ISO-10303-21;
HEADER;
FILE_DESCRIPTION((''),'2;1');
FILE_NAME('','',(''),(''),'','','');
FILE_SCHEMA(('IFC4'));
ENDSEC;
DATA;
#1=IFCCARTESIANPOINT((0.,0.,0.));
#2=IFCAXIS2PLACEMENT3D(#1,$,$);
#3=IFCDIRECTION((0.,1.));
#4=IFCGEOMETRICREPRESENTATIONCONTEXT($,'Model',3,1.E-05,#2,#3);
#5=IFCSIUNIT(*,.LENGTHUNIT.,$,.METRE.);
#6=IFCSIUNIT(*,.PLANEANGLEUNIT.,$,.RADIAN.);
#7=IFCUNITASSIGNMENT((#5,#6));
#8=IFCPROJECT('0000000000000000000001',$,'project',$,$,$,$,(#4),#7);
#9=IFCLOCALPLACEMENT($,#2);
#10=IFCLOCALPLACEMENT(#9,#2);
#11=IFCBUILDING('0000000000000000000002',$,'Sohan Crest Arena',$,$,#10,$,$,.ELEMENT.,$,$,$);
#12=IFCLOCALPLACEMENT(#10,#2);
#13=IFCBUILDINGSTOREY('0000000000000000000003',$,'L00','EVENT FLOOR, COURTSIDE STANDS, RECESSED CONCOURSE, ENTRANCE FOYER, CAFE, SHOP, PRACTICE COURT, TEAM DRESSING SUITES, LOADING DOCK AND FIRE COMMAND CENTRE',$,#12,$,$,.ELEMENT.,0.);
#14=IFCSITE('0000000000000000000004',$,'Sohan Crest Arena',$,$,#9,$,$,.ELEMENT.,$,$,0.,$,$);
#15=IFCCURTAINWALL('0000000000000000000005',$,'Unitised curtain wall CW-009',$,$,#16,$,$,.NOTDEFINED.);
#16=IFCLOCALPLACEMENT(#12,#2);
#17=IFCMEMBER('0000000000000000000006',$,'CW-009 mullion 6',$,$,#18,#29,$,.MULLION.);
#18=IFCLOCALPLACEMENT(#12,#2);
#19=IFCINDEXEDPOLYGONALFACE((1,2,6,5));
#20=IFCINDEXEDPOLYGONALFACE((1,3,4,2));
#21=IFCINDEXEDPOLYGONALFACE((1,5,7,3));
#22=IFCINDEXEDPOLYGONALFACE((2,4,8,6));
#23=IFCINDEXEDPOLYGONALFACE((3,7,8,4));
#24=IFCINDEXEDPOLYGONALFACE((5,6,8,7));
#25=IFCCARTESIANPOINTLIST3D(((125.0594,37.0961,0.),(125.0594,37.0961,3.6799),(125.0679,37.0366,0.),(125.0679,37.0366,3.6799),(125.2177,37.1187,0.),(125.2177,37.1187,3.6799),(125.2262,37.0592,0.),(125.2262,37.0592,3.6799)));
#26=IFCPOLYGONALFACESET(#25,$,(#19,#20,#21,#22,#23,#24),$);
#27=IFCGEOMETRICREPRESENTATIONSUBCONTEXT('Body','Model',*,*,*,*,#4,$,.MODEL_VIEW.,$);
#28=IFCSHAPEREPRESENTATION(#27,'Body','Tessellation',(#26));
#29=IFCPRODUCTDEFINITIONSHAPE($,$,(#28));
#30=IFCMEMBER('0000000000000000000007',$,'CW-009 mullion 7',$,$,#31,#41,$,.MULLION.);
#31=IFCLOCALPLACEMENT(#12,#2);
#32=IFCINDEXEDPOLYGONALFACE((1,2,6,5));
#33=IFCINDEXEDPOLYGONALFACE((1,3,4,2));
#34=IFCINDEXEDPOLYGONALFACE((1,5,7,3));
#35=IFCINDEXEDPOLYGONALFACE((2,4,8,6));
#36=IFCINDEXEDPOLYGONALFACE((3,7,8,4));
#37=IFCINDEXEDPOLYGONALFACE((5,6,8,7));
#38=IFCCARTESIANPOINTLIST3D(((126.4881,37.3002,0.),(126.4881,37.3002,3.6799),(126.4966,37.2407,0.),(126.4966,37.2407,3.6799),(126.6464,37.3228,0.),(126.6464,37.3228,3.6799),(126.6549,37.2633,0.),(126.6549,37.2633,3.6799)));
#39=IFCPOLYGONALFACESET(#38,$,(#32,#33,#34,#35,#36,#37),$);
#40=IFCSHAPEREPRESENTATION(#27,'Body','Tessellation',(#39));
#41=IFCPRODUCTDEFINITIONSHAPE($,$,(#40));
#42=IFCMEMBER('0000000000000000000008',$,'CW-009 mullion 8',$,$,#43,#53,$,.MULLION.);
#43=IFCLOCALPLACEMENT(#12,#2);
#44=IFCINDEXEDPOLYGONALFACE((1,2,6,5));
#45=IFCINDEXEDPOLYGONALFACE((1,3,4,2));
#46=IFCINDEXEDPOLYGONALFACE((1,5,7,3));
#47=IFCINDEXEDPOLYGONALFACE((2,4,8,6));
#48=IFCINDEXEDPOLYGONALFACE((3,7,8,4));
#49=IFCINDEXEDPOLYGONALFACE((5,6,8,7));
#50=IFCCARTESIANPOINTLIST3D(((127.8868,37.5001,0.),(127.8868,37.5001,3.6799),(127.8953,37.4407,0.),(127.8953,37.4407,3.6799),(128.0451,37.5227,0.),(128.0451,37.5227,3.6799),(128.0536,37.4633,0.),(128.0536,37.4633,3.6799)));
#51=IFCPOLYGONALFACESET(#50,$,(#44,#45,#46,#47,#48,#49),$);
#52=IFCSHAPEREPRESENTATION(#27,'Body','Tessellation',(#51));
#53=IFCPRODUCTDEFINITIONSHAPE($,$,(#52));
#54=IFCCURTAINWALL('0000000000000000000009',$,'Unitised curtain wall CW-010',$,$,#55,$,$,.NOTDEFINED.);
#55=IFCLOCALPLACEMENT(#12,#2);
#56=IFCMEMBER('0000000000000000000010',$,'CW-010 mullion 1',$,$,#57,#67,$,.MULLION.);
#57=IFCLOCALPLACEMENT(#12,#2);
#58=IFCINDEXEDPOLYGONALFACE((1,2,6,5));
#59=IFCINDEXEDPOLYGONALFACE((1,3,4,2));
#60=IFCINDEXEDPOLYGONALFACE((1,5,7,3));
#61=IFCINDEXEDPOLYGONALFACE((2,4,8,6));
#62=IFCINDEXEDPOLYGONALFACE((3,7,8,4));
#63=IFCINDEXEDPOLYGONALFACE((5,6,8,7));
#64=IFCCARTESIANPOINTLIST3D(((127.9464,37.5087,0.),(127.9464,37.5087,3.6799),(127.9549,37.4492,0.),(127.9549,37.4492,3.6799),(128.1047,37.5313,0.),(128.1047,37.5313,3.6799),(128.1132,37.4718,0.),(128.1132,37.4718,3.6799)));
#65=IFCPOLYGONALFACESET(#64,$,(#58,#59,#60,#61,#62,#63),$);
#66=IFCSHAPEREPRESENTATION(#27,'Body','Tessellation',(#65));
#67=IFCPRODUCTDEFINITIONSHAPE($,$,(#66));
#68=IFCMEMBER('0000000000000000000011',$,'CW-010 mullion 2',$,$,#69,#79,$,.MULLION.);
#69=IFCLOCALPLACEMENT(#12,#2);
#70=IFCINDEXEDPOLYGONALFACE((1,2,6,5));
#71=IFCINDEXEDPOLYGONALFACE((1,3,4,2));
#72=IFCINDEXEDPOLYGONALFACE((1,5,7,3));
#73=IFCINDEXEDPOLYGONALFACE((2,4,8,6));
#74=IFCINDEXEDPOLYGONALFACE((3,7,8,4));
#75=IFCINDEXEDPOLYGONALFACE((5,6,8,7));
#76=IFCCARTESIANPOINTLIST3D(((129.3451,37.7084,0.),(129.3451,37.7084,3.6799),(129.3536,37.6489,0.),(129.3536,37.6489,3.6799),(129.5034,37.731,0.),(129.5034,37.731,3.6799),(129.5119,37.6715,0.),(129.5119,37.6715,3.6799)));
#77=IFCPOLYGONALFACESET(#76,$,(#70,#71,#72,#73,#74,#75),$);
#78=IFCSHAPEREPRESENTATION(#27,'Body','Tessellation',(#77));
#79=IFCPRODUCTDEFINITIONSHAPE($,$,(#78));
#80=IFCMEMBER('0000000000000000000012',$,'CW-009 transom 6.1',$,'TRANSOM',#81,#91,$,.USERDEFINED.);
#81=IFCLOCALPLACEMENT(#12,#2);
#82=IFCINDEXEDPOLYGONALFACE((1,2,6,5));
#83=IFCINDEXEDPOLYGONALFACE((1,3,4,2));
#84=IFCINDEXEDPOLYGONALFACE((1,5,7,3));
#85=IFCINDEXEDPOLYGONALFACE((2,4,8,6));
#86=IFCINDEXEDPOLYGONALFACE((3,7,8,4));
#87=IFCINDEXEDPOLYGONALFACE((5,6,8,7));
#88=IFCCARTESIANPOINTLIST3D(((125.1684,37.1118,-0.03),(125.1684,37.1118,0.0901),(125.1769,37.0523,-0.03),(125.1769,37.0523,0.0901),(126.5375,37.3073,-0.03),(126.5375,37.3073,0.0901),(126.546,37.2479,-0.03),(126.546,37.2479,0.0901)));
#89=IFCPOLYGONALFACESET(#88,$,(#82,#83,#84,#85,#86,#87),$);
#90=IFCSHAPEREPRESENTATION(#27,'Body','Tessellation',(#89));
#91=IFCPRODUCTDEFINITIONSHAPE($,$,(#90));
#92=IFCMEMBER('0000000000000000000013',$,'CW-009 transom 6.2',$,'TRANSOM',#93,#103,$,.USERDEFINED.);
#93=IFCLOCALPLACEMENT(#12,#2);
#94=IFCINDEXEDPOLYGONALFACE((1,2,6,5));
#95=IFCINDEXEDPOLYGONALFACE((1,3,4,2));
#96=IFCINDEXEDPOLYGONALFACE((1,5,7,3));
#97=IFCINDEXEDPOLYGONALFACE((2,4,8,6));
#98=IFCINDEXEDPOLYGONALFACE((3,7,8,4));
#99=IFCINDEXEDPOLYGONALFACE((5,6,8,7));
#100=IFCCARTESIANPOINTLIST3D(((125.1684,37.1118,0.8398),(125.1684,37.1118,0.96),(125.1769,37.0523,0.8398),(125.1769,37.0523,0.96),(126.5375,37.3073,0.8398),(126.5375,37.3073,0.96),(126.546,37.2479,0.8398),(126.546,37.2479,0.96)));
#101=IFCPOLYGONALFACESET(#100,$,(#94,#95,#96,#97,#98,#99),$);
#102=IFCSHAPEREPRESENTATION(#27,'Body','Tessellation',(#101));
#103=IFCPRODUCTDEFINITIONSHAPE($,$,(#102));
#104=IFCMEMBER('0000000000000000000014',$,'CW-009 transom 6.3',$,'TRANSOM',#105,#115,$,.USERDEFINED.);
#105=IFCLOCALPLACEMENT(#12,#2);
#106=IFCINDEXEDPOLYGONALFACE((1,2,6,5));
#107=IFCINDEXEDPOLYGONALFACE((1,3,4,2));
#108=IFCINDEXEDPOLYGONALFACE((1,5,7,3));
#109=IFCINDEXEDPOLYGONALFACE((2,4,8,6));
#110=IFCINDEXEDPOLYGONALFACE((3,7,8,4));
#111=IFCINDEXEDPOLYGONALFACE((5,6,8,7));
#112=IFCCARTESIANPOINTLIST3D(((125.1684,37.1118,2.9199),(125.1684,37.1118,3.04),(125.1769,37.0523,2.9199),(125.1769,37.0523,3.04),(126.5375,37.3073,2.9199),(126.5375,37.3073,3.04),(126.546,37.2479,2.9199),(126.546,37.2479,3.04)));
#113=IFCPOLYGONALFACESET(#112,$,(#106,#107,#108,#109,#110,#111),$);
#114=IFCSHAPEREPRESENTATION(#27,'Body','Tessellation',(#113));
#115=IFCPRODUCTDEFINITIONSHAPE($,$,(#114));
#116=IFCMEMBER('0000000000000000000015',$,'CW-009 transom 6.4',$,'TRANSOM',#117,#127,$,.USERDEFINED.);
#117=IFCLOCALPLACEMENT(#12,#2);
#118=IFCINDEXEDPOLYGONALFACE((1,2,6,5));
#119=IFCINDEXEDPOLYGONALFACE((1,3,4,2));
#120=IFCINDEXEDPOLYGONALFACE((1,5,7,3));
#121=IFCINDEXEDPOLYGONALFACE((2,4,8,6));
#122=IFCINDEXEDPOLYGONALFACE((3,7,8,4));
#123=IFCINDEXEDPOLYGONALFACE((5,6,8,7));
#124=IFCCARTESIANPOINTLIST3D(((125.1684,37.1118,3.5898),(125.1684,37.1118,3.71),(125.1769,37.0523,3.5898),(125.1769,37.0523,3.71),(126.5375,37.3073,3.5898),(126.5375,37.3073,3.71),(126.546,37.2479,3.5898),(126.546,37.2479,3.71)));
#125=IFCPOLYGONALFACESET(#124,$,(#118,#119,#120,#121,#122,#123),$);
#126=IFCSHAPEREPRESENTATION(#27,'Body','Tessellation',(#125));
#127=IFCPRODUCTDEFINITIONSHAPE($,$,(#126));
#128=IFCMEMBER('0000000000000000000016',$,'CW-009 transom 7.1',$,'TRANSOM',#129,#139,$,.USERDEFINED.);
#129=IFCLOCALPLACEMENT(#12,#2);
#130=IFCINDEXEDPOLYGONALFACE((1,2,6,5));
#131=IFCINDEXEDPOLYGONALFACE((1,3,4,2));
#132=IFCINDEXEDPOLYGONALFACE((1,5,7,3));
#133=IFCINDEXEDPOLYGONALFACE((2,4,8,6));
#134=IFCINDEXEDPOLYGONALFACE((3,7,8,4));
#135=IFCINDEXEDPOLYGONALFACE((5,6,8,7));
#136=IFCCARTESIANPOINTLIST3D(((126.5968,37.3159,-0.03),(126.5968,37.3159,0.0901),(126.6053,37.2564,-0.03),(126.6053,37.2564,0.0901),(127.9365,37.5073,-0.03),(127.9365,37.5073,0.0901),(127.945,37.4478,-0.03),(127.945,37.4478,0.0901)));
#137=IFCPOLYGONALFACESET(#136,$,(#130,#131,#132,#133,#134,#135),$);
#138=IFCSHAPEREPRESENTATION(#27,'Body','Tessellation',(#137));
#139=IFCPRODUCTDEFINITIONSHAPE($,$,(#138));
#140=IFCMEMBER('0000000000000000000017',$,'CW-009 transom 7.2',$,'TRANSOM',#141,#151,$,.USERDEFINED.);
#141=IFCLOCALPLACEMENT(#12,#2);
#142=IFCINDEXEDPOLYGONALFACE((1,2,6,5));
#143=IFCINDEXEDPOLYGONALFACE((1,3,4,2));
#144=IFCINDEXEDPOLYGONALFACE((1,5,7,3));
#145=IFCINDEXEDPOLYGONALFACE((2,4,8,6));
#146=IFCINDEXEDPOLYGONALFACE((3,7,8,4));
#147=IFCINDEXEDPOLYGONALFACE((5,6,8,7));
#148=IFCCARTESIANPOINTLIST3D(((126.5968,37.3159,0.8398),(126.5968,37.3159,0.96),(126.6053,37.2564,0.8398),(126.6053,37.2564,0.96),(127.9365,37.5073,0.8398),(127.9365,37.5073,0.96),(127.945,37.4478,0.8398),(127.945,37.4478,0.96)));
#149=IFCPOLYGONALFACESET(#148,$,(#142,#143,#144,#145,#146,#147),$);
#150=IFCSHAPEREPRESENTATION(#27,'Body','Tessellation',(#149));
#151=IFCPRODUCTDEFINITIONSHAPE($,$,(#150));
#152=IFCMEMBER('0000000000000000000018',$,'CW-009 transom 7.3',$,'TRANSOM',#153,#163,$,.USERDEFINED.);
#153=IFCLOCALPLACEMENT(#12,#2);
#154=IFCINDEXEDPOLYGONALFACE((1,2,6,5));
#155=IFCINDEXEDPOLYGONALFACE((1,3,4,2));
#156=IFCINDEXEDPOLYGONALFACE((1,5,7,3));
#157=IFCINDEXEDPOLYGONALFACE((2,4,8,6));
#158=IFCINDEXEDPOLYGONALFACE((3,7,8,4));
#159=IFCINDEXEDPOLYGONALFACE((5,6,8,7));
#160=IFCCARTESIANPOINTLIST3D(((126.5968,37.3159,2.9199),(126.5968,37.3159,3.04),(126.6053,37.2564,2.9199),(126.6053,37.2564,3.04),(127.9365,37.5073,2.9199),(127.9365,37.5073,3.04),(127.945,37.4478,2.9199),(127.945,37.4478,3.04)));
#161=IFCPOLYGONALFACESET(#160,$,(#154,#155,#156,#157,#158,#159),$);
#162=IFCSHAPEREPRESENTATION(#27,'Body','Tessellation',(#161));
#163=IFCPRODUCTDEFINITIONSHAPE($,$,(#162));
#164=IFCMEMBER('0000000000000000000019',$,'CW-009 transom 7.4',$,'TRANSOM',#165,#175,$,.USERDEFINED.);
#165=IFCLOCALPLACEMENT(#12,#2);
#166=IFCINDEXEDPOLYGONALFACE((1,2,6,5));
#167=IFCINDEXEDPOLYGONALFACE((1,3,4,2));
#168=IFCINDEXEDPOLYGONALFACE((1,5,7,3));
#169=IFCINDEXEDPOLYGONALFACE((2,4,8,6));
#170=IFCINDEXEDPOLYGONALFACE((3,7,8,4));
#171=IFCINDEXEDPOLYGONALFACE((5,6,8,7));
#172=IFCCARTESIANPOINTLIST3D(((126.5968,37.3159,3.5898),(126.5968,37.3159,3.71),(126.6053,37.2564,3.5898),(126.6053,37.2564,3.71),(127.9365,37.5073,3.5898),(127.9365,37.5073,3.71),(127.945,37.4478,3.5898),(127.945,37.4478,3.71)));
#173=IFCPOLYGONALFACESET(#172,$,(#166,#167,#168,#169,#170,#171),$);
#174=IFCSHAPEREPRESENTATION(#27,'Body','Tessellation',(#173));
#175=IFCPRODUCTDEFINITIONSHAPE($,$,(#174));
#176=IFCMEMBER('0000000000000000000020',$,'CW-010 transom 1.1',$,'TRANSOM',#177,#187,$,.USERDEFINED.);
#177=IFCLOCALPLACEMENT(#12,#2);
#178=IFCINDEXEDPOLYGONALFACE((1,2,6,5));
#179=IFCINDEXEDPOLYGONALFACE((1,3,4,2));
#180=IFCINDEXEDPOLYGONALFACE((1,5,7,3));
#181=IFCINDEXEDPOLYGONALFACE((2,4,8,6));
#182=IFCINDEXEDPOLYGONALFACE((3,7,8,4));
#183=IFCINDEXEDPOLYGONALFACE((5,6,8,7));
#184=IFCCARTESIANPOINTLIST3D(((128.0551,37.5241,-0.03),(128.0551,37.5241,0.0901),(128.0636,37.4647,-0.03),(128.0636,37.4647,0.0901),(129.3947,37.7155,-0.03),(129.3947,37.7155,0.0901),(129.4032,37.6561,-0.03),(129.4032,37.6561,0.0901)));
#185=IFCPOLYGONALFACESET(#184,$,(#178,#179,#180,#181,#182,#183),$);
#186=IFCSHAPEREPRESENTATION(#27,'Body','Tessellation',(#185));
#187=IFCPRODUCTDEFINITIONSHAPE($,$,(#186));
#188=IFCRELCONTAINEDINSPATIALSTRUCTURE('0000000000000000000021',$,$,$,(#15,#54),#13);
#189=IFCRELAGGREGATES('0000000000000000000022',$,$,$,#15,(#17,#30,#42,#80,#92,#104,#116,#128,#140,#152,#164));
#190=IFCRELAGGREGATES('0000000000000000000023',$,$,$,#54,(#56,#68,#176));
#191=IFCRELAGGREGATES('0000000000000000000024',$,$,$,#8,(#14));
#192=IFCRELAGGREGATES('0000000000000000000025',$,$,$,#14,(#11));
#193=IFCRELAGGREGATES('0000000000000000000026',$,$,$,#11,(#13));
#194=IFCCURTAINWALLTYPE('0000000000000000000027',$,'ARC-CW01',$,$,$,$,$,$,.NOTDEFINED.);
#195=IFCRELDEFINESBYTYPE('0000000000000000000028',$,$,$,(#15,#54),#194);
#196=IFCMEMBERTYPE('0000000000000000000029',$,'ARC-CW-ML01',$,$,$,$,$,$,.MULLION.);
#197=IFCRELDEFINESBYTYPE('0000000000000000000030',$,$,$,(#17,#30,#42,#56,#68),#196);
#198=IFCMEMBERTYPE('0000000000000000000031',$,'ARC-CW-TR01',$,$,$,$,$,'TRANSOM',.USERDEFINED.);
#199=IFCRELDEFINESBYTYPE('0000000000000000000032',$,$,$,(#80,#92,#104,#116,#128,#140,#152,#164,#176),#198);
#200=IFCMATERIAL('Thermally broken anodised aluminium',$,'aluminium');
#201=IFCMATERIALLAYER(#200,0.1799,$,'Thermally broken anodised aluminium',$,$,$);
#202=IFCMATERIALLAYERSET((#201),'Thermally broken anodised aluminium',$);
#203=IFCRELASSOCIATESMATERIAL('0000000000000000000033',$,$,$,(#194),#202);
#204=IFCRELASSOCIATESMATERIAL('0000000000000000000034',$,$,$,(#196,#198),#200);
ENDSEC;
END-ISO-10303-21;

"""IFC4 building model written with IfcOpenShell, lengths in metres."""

from ifc_helpers import new_model, si_unit, direction, frame, origin, origin_2d, place, context, subcontext, project, spatial, rectangle, extrude, material, layer, layer_set, material_profile, profile_set, type_object, element, aggregate, save


model = new_model("IFC4")

# Units and contexts
model_context = context("Model", 3, precision=1e-05, world=origin(), true_north=direction((0.0, 1.0)))
body_context = subcontext(model_context, "Body", "Model", "MODEL_VIEW")
ifc_project = project(units=[si_unit("LENGTHUNIT", "METRE"), si_unit("PLANEANGLEUNIT", "RADIAN")], contexts=[model_context])

# Site, building, storey
site_placement = place(None, origin())
site = spatial("IfcSite", under=ifc_project, at=site_placement, Name="Sohan Crest Arena", CompositionType="ELEMENT", RefElevation=0.0)
building_placement = place(site_placement, origin())
building = spatial("IfcBuilding", under=site, at=building_placement, Name="Sohan Crest Arena", CompositionType="ELEMENT")
storey_placement = place(building_placement, origin())
storey = spatial("IfcBuildingStorey", under=building, at=storey_placement, Name="L00", Description="EVENT FLOOR, COURTSIDE STANDS, RECESSED CONCOURSE, ENTRANCE FOYER, CAFE, SHOP, PRACTICE COURT, TEAM DRESSING SUITES, LOADING DOCK AND FIRE COMMAND CENTRE", CompositionType="ELEMENT", Elevation=0.0)

# Curtain walls, members
ifc_material_1 = material(Name="Thermally broken anodised aluminium", Category="aluminium")
ifc_layer_1 = layer(ifc_material_1, 0.1799, Name="Thermally broken anodised aluminium")
ifc_layer_set_1 = layer_set([ifc_layer_1], Name="Thermally broken anodised aluminium")
curtain_wall_type = type_object("IfcCurtainWallType", Name="ARC-CW01", PredefinedType="NOTDEFINED", material=ifc_layer_set_1)
curtain_wall_1_placement = place(storey_placement, origin())
curtain_wall_1 = element("IfcCurtainWall", 1, at=curtain_wall_1_placement, inside=storey, type_object=curtain_wall_type, Name="Unitised curtain wall CW-009", PredefinedType="NOTDEFINED")
ifc_material_profile_1 = material_profile(ifc_material_1, rectangle(XDim=0.0601, YDim=0.1599, at=origin_2d()), Name="ALU-MULL 60x160")
ifc_profile_set_1 = profile_set([ifc_material_profile_1], Name="Thermally broken anodised aluminium")
member_type_1 = type_object("IfcMemberType", Name="ARC-CW-ML01", PredefinedType="MULLION", material=ifc_profile_set_1)
member_1_placement = place(storey_placement, frame((125.1428, 37.0776, 0.0), z_axis=(0.0, 0.0, 1.0), x_axis=(-0.141463, 0.989944, 0.0)))
member_1 = element("IfcMember", 2, at=member_1_placement, type_object=member_type_1, Name="CW-009 mullion 6", PredefinedType="MULLION", context=body_context, shape_type="SweptSolid", body=[
    extrude(rectangle(XDim=0.0601, YDim=0.1599, at=origin_2d()), origin(), (0.0, 0.0, 1.0), 3.6799),
])
member_2_placement = place(storey_placement, frame((126.5715, 37.2817, 0.0), z_axis=(0.0, 0.0, 1.0), x_axis=(-0.141463, 0.989944, 0.0)))
member_2 = element("IfcMember", 3, at=member_2_placement, type_object=member_type_1, Name="CW-009 mullion 7", PredefinedType="MULLION", context=body_context, shape_type="SweptSolid", body=[
    extrude(rectangle(XDim=0.0601, YDim=0.1599, at=origin_2d()), origin(), (0.0, 0.0, 1.0), 3.6799),
])
member_3_placement = place(storey_placement, frame((127.9702, 37.4817, 0.0), z_axis=(0.0, 0.0, 1.0), x_axis=(-0.141463, 0.989944, 0.0)))
member_3 = element("IfcMember", 4, at=member_3_placement, type_object=member_type_1, Name="CW-009 mullion 8", PredefinedType="MULLION", context=body_context, shape_type="SweptSolid", body=[
    extrude(rectangle(XDim=0.0601, YDim=0.1599, at=origin_2d()), origin(), (0.0, 0.0, 1.0), 3.6799),
])
curtain_wall_2_placement = place(storey_placement, origin())
curtain_wall_2 = element("IfcCurtainWall", 5, at=curtain_wall_2_placement, inside=storey, type_object=curtain_wall_type, Name="Unitised curtain wall CW-010", PredefinedType="NOTDEFINED")
member_4_placement = place(storey_placement, frame((128.0298, 37.4902, 0.0), z_axis=(0.0, 0.0, 1.0), x_axis=(-0.141366, 0.989957, 0.0)))
member_4 = element("IfcMember", 6, at=member_4_placement, type_object=member_type_1, Name="CW-010 mullion 1", PredefinedType="MULLION", context=body_context, shape_type="SweptSolid", body=[
    extrude(rectangle(XDim=0.0601, YDim=0.1599, at=origin_2d()), origin(), (0.0, 0.0, 1.0), 3.6799),
])
member_5_placement = place(storey_placement, frame((129.4285, 37.6899, 0.0), z_axis=(0.0, 0.0, 1.0), x_axis=(-0.141366, 0.989957, 0.0)))
member_5 = element("IfcMember", 7, at=member_5_placement, type_object=member_type_1, Name="CW-010 mullion 2", PredefinedType="MULLION", context=body_context, shape_type="SweptSolid", body=[
    extrude(rectangle(XDim=0.0601, YDim=0.1599, at=origin_2d()), origin(), (0.0, 0.0, 1.0), 3.6799),
])

# Members
ifc_material_profile_2 = material_profile(ifc_material_1, rectangle(XDim=0.0601, YDim=0.1201, at=origin_2d()), Name="ALU-TRAN 60x120")
ifc_profile_set_2 = profile_set([ifc_material_profile_2], Name="Thermally broken anodised aluminium")
member_type_2 = type_object("IfcMemberType", Name="ARC-CW-TR01", ElementType="TRANSOM", PredefinedType="USERDEFINED", material=ifc_profile_set_2)
member_6_placement = place(storey_placement, frame((125.1726, 37.082, 0.03), z_axis=(0.989953, 0.141397, 0.0), x_axis=(-0.141397, 0.989953, 0.0)))
member_6 = element("IfcMember", 8, at=member_6_placement, type_object=member_type_2, Name="CW-009 transom 6.1", ObjectType="TRANSOM", PredefinedType="USERDEFINED", context=body_context, shape_type="SweptSolid", body=[
    extrude(rectangle(XDim=0.0601, YDim=0.1201, at=origin_2d()), origin(), (0.0, 0.0, 1.0), 1.3831),
])
member_7_placement = place(storey_placement, frame((125.1726, 37.082, 0.8999), z_axis=(0.989953, 0.141397, 0.0), x_axis=(-0.141397, 0.989953, 0.0)))
member_7 = element("IfcMember", 9, at=member_7_placement, type_object=member_type_2, Name="CW-009 transom 6.2", ObjectType="TRANSOM", PredefinedType="USERDEFINED", context=body_context, shape_type="SweptSolid", body=[
    extrude(rectangle(XDim=0.0601, YDim=0.1201, at=origin_2d()), origin(), (0.0, 0.0, 1.0), 1.3831),
])
member_8_placement = place(storey_placement, frame((125.1726, 37.082, 2.98), z_axis=(0.989953, 0.141397, 0.0), x_axis=(-0.141397, 0.989953, 0.0)))
member_8 = element("IfcMember", 10, at=member_8_placement, type_object=member_type_2, Name="CW-009 transom 6.3", ObjectType="TRANSOM", PredefinedType="USERDEFINED", context=body_context, shape_type="SweptSolid", body=[
    extrude(rectangle(XDim=0.0601, YDim=0.1201, at=origin_2d()), origin(), (0.0, 0.0, 1.0), 1.3831),
])
member_9_placement = place(storey_placement, frame((125.1726, 37.082, 3.6499), z_axis=(0.989953, 0.141397, 0.0), x_axis=(-0.141397, 0.989953, 0.0)))
member_9 = element("IfcMember", 11, at=member_9_placement, type_object=member_type_2, Name="CW-009 transom 6.4", ObjectType="TRANSOM", PredefinedType="USERDEFINED", context=body_context, shape_type="SweptSolid", body=[
    extrude(rectangle(XDim=0.0601, YDim=0.1201, at=origin_2d()), origin(), (0.0, 0.0, 1.0), 1.3831),
])
member_10_placement = place(storey_placement, frame((126.6011, 37.2861, 0.03), z_axis=(0.989946, 0.141447, 0.0), x_axis=(-0.141447, 0.989946, 0.0)))
member_10 = element("IfcMember", 12, at=member_10_placement, type_object=member_type_2, Name="CW-009 transom 7.1", ObjectType="TRANSOM", PredefinedType="USERDEFINED", context=body_context, shape_type="SweptSolid", body=[
    extrude(rectangle(XDim=0.0601, YDim=0.1201, at=origin_2d()), origin(), (0.0, 0.0, 1.0), 1.3533),
])
member_11_placement = place(storey_placement, frame((126.6011, 37.2861, 0.8999), z_axis=(0.989946, 0.141447, 0.0), x_axis=(-0.141447, 0.989946, 0.0)))
member_11 = element("IfcMember", 13, at=member_11_placement, type_object=member_type_2, Name="CW-009 transom 7.2", ObjectType="TRANSOM", PredefinedType="USERDEFINED", context=body_context, shape_type="SweptSolid", body=[
    extrude(rectangle(XDim=0.0601, YDim=0.1201, at=origin_2d()), origin(), (0.0, 0.0, 1.0), 1.3533),
])
member_12_placement = place(storey_placement, frame((126.6011, 37.2861, 2.98), z_axis=(0.989946, 0.141447, 0.0), x_axis=(-0.141447, 0.989946, 0.0)))
member_12 = element("IfcMember", 14, at=member_12_placement, type_object=member_type_2, Name="CW-009 transom 7.3", ObjectType="TRANSOM", PredefinedType="USERDEFINED", context=body_context, shape_type="SweptSolid", body=[
    extrude(rectangle(XDim=0.0601, YDim=0.1201, at=origin_2d()), origin(), (0.0, 0.0, 1.0), 1.3533),
])
member_13_placement = place(storey_placement, frame((126.6011, 37.2861, 3.6499), z_axis=(0.989946, 0.141447, 0.0), x_axis=(-0.141447, 0.989946, 0.0)))
member_13 = element("IfcMember", 15, at=member_13_placement, type_object=member_type_2, Name="CW-009 transom 7.4", ObjectType="TRANSOM", PredefinedType="USERDEFINED", context=body_context, shape_type="SweptSolid", body=[
    extrude(rectangle(XDim=0.0601, YDim=0.1201, at=origin_2d()), origin(), (0.0, 0.0, 1.0), 1.3533),
])
member_14_placement = place(storey_placement, frame((128.0593, 37.4944, 0.03), z_axis=(0.989946, 0.141447, 0.0), x_axis=(-0.141447, 0.989946, 0.0)))
member_14 = element("IfcMember", 16, at=member_14_placement, type_object=member_type_2, Name="CW-010 transom 1.1", ObjectType="TRANSOM", PredefinedType="USERDEFINED", context=body_context, shape_type="SweptSolid", body=[
    extrude(rectangle(XDim=0.0601, YDim=0.1201, at=origin_2d()), origin(), (0.0, 0.0, 1.0), 1.3533),
])

aggregate(curtain_wall_1, [member_1, member_2, member_3, member_6, member_7, member_8, member_9, member_10, member_11, member_12, member_13])
aggregate(curtain_wall_2, [member_4, member_5, member_14])

save(model, "model.ifc")
